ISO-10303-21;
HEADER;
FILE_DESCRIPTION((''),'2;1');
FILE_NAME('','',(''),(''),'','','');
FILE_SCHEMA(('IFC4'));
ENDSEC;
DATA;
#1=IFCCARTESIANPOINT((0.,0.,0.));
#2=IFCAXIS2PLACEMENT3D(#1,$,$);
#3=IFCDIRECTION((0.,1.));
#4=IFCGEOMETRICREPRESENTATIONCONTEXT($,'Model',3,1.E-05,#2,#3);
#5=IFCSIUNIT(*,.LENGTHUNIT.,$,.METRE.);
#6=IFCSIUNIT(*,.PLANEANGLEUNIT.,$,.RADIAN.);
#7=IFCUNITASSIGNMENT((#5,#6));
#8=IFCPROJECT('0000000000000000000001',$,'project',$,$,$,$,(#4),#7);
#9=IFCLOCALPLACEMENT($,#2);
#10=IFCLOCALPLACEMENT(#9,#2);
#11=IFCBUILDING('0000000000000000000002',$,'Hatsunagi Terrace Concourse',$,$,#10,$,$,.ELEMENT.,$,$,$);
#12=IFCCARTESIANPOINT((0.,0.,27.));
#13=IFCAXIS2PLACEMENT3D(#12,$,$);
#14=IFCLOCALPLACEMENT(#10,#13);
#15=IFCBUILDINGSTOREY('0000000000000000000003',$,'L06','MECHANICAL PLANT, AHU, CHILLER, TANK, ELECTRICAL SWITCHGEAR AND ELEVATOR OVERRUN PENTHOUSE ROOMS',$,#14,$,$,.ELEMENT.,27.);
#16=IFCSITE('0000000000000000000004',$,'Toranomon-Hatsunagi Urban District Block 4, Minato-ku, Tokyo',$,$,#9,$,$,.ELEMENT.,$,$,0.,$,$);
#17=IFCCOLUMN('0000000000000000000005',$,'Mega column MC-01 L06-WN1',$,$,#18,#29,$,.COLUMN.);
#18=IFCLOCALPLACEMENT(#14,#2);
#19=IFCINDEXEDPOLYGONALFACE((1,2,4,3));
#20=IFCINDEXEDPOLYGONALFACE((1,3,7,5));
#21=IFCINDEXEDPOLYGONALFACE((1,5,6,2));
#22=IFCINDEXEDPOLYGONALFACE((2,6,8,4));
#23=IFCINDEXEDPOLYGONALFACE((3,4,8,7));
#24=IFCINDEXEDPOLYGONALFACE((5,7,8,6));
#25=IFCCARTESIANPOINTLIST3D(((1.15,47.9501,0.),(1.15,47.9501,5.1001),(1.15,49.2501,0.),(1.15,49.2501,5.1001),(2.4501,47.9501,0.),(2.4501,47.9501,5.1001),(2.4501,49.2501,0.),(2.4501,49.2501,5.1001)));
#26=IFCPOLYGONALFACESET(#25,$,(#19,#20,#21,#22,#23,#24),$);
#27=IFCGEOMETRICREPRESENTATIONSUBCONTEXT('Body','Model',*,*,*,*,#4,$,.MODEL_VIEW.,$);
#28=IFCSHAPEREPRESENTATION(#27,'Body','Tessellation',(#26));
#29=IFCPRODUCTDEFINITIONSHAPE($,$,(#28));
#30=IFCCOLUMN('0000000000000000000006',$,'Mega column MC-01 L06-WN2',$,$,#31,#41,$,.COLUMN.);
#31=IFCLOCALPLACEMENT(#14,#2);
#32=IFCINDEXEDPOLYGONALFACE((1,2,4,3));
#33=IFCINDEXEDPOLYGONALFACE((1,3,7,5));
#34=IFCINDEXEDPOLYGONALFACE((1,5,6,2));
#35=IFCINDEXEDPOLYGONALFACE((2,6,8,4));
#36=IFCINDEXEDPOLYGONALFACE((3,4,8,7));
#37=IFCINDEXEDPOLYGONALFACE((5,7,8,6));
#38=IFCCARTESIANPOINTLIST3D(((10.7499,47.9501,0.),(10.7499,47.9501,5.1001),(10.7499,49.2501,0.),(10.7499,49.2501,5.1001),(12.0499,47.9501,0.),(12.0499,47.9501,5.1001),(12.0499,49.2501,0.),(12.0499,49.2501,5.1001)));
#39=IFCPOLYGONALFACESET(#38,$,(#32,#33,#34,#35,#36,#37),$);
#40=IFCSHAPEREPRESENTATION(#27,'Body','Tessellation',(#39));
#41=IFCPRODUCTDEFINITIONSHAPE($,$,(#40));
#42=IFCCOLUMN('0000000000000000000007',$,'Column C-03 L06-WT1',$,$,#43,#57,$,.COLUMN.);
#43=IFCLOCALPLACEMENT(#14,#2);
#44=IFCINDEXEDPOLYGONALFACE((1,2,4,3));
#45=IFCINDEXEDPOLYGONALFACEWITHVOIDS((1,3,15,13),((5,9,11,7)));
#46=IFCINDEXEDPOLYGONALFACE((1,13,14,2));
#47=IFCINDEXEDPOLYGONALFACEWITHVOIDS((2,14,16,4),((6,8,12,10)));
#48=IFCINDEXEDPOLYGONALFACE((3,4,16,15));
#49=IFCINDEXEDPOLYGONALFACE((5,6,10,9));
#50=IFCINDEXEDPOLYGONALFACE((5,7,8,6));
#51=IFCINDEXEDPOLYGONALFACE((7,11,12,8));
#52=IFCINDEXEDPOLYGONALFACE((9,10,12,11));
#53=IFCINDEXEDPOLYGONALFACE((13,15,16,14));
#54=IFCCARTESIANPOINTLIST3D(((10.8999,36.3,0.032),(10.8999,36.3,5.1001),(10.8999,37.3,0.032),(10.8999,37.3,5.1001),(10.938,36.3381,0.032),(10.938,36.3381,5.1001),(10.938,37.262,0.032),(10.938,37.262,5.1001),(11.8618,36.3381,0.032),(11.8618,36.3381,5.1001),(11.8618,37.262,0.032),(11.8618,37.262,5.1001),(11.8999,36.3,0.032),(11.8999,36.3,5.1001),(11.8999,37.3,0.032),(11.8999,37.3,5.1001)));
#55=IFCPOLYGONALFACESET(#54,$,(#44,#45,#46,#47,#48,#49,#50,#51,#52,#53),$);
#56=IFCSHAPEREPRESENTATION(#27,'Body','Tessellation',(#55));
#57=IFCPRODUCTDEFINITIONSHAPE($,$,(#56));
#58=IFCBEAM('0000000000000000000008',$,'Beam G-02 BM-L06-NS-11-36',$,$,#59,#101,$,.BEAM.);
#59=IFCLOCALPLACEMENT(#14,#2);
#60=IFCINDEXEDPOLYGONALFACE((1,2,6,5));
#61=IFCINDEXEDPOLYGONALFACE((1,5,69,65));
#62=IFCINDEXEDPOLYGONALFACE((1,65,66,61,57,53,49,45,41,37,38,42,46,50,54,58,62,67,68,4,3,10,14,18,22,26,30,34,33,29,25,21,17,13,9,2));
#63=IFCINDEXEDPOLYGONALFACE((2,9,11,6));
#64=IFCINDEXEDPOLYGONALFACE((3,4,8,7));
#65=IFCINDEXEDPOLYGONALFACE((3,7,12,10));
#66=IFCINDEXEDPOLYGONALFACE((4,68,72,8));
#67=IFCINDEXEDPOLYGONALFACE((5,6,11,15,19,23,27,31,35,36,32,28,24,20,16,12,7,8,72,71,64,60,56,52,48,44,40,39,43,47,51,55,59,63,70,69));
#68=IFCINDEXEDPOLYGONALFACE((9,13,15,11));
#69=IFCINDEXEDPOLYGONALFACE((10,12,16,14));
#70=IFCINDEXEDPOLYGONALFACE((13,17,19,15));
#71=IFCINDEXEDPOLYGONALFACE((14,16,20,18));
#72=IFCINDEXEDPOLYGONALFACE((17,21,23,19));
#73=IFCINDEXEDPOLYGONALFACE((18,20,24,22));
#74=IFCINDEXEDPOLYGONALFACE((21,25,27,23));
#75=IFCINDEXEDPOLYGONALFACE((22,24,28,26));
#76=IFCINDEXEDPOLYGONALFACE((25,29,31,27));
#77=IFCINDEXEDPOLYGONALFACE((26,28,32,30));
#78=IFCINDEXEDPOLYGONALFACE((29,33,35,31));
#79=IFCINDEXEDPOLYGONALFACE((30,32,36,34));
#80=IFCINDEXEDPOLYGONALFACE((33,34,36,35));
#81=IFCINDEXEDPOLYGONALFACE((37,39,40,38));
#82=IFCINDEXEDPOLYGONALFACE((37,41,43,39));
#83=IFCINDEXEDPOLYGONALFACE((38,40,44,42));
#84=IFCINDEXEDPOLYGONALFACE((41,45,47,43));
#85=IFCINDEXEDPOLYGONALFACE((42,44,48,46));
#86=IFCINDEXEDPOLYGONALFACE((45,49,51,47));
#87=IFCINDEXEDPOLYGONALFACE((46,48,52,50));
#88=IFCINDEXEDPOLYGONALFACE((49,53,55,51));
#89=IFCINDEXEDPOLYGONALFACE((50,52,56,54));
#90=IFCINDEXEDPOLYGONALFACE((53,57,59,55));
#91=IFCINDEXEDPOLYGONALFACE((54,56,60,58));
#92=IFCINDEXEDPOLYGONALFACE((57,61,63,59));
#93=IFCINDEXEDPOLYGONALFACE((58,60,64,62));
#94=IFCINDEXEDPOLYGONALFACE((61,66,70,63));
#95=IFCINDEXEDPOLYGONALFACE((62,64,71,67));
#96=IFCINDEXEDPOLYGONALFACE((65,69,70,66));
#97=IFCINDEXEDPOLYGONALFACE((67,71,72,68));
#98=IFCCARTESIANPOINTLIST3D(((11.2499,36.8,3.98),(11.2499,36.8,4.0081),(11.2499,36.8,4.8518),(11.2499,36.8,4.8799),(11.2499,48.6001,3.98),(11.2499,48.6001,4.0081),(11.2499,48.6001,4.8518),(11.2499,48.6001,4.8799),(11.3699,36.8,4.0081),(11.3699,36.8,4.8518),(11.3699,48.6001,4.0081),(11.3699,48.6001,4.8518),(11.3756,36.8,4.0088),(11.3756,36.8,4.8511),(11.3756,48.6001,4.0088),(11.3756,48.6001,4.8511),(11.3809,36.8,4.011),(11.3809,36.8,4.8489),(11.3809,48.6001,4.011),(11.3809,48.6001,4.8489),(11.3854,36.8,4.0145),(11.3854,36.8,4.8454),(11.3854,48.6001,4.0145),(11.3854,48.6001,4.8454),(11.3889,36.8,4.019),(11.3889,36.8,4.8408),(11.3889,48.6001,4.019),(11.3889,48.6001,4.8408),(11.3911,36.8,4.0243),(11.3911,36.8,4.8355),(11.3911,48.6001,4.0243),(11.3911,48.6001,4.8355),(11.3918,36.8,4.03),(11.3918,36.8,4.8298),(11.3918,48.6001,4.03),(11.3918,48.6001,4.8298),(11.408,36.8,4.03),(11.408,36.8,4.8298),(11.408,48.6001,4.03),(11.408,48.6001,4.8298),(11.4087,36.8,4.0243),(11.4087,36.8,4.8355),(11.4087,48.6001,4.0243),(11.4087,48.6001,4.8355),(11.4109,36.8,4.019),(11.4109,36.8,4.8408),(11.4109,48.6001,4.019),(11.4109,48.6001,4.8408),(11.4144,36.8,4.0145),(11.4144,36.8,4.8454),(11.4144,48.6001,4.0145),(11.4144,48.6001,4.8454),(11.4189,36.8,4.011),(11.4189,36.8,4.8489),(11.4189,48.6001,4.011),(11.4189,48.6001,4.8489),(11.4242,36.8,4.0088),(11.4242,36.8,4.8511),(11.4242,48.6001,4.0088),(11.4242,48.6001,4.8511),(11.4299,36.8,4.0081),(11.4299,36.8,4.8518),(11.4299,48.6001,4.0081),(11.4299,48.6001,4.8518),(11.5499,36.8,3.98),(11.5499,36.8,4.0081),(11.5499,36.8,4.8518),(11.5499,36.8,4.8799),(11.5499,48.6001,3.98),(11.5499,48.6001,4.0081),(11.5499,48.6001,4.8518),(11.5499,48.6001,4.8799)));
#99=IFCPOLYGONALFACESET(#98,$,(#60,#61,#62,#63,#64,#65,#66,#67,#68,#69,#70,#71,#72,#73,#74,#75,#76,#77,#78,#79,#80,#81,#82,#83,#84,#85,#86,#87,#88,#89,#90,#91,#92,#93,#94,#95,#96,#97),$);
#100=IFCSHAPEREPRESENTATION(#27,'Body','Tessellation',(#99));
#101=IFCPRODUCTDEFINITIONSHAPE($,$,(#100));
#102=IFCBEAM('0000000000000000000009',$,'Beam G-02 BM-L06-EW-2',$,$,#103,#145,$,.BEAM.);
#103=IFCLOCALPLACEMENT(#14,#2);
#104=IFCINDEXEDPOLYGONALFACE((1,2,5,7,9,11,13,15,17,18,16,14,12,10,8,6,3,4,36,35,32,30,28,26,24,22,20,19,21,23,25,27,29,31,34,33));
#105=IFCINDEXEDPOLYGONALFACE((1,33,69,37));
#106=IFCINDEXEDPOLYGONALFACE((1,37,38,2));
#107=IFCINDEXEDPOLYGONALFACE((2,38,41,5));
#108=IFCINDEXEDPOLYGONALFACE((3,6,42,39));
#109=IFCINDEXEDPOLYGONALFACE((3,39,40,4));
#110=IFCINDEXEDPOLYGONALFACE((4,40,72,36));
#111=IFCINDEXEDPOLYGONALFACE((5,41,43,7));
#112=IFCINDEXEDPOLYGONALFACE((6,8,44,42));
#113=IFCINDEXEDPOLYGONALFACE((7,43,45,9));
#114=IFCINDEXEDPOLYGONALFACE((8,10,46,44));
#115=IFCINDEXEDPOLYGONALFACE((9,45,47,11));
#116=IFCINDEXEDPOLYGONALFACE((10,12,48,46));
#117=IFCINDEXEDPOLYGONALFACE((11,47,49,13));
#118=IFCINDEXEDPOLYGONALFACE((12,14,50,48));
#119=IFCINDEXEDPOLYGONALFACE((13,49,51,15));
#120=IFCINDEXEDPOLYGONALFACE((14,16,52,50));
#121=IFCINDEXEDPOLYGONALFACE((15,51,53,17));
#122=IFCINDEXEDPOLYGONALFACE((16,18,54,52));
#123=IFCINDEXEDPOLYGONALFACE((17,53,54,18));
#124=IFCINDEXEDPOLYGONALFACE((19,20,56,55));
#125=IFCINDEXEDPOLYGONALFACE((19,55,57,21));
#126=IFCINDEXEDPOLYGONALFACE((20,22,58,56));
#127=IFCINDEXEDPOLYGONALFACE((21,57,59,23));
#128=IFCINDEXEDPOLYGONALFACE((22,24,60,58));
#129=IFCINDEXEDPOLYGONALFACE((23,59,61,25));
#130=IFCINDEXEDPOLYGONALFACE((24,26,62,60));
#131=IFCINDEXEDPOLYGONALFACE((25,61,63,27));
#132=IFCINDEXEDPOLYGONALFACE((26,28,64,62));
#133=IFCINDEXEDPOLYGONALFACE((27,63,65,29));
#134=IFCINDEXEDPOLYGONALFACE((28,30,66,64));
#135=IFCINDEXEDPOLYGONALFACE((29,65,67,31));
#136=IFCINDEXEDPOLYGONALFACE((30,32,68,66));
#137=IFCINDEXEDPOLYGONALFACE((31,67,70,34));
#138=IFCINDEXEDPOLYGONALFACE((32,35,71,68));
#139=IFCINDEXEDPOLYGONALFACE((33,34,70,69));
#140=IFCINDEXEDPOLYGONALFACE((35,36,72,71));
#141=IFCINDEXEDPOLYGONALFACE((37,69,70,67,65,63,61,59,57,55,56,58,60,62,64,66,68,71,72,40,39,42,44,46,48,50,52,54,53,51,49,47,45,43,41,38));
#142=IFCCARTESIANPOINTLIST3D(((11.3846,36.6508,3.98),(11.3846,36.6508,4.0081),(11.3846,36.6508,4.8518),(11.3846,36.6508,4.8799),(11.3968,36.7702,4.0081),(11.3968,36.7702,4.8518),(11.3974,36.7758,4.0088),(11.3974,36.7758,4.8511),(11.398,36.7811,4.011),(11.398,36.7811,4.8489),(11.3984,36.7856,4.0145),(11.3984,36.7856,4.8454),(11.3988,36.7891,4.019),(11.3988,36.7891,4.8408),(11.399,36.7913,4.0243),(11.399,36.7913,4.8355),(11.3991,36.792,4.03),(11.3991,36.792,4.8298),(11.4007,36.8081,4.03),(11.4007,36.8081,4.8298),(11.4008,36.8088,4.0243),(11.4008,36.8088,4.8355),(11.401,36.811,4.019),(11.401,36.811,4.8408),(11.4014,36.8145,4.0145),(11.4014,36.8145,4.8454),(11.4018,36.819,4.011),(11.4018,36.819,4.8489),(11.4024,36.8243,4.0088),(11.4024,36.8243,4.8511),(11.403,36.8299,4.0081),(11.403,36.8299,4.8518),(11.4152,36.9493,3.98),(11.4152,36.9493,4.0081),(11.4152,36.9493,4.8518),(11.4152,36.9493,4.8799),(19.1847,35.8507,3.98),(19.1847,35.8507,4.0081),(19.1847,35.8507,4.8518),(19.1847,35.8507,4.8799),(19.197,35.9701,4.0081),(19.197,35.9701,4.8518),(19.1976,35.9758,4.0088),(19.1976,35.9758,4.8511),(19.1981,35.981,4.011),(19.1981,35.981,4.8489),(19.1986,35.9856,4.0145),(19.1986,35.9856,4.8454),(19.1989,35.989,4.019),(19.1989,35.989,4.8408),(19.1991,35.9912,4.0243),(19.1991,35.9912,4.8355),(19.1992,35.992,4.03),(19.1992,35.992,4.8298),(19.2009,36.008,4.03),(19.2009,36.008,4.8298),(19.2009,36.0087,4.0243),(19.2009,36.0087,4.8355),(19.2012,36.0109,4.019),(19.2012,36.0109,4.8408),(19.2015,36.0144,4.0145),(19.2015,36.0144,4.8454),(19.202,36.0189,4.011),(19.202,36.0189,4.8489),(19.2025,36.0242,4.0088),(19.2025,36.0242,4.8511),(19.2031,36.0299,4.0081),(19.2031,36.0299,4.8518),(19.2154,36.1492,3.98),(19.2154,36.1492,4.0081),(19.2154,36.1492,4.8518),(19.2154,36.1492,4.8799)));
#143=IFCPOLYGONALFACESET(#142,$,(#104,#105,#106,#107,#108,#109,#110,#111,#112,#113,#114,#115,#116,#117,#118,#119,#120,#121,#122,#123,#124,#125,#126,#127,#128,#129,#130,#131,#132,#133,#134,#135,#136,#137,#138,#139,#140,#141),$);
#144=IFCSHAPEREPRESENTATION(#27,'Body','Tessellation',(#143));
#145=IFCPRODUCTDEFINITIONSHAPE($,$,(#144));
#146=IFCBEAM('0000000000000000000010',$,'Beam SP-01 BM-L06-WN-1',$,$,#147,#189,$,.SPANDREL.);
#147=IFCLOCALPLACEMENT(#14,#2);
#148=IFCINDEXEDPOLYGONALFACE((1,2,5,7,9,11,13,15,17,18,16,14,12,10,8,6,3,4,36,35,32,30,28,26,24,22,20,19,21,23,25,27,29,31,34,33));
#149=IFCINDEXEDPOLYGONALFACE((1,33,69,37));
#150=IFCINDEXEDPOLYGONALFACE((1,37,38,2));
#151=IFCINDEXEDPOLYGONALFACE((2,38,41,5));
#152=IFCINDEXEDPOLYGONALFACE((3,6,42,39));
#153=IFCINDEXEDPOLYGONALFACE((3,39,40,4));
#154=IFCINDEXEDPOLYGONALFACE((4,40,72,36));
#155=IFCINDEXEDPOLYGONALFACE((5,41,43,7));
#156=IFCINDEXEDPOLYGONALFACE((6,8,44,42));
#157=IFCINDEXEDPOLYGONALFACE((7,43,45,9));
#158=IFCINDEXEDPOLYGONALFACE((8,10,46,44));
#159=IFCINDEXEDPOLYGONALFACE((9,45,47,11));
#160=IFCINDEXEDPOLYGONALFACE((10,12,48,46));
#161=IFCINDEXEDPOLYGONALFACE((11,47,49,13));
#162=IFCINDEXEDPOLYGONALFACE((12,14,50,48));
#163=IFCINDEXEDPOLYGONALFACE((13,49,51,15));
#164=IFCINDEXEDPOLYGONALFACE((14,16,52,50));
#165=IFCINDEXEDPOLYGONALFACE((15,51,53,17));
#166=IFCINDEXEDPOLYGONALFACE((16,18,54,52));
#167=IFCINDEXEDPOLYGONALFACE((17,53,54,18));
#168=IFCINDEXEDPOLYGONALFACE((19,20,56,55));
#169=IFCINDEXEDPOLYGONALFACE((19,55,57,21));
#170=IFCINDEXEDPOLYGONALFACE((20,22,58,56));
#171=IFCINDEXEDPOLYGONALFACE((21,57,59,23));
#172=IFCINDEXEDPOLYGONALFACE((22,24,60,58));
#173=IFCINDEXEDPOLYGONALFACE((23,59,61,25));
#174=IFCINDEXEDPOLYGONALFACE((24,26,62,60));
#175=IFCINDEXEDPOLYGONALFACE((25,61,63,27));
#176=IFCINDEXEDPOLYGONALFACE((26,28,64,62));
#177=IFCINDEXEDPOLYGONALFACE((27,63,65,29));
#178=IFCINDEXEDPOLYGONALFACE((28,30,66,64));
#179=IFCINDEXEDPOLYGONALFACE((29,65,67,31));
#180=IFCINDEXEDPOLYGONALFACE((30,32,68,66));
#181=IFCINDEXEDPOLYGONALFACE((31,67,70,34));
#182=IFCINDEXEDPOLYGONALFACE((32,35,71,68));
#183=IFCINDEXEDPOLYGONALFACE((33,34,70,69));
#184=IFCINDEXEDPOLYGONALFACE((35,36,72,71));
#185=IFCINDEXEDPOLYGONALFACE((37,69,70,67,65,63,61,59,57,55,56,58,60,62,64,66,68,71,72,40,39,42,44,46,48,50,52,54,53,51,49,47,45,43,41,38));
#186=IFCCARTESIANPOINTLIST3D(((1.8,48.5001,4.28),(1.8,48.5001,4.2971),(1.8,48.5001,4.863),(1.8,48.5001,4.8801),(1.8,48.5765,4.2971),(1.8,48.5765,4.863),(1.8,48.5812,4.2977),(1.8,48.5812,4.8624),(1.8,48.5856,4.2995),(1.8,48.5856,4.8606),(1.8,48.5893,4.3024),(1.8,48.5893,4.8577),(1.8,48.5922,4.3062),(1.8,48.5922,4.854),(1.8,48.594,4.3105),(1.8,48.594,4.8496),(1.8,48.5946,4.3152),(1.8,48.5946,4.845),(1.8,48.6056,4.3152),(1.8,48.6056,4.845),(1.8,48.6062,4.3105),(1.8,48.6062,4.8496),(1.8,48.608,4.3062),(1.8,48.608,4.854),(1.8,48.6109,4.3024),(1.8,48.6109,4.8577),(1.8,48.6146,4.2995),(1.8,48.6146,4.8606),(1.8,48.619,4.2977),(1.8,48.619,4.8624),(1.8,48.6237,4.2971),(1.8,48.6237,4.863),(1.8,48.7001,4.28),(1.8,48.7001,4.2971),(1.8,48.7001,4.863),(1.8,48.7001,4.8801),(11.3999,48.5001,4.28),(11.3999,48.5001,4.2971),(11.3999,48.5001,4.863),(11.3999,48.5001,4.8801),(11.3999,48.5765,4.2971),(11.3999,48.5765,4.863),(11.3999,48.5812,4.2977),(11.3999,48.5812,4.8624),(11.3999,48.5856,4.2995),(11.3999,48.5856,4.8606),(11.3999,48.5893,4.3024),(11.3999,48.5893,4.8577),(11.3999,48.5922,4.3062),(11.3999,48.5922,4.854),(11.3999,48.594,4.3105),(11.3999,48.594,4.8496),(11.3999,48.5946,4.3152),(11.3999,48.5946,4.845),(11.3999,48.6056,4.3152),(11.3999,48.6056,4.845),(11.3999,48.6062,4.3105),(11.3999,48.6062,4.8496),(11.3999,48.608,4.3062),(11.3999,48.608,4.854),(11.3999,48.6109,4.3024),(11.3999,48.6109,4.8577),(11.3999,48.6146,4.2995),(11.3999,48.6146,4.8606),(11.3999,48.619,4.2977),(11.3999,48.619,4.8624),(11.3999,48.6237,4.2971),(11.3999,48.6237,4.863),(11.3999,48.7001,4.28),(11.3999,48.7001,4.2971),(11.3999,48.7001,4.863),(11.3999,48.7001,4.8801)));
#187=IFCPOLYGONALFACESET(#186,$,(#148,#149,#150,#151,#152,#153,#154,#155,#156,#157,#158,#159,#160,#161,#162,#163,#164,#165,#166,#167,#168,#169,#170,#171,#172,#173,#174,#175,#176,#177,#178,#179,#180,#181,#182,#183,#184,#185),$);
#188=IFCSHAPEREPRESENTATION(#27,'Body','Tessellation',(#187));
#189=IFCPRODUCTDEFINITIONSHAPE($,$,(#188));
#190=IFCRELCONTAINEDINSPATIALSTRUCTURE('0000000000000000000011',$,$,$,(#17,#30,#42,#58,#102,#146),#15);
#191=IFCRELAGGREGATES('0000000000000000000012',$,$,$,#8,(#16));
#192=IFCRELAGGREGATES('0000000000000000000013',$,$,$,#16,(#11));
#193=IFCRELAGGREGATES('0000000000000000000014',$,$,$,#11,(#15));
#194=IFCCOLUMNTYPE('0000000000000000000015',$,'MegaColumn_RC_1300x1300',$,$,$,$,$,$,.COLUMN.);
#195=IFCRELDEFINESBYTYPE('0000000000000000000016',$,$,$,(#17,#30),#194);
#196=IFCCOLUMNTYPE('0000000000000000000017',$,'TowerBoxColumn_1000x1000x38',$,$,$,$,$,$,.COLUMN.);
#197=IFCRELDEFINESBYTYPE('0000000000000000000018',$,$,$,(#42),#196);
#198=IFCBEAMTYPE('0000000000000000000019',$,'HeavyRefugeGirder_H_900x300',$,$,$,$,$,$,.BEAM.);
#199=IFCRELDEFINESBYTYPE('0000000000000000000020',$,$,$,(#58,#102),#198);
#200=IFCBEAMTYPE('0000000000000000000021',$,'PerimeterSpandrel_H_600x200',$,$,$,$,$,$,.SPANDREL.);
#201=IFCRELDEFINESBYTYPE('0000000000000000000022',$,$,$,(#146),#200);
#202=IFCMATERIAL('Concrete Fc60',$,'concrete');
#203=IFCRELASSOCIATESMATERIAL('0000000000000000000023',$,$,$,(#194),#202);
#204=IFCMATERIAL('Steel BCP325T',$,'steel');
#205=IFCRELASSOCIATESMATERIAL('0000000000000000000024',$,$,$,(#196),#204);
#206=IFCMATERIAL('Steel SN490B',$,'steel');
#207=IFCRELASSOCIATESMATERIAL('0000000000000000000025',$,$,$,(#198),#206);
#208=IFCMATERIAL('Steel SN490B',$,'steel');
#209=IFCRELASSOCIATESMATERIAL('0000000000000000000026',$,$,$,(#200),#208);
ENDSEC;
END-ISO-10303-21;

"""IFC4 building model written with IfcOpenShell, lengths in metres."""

from ifc_helpers import new_model, si_unit, direction, frame, origin, origin_2d, place, context, subcontext, project, spatial, rectangle, hollow_rectangle, i_section, extrude, material, material_profile, profile_set, type_object, element, save


model = new_model("IFC4")

# Units and contexts
model_context = context("Model", 3, precision=1e-05, world=origin(), true_north=direction((0.0, 1.0)))
body_context = subcontext(model_context, "Body", "Model", "MODEL_VIEW")
ifc_project = project(units=[si_unit("LENGTHUNIT", "METRE"), si_unit("PLANEANGLEUNIT", "RADIAN")], contexts=[model_context])

# Site, building, storey
site_placement = place(None, origin())
site = spatial("IfcSite", under=ifc_project, at=site_placement, Name="Toranomon-Hatsunagi Urban District Block 4, Minato-ku, Tokyo", CompositionType="ELEMENT", RefElevation=0.0)
building_placement = place(site_placement, origin())
building = spatial("IfcBuilding", under=site, at=building_placement, Name="Hatsunagi Terrace Concourse", CompositionType="ELEMENT")
storey_placement = place(building_placement, frame((0.0, 0.0, 27.0)))
storey = spatial("IfcBuildingStorey", under=building, at=storey_placement, Name="L06", Description="MECHANICAL PLANT, AHU, CHILLER, TANK, ELECTRICAL SWITCHGEAR AND ELEVATOR OVERRUN PENTHOUSE ROOMS", CompositionType="ELEMENT", Elevation=27.0)

# Columns
ifc_material_1 = material(Name="Concrete Fc60", Category="concrete")
ifc_material_profile_1 = material_profile(ifc_material_1, rectangle(XDim=1.3, YDim=1.3, at=origin_2d()), Name="RC-1300x1300")
ifc_profile_set_1 = profile_set([ifc_material_profile_1], Name="Concrete Fc60")
column_type_1 = type_object("IfcColumnType", Name="MegaColumn_RC_1300x1300", PredefinedType="COLUMN", material=ifc_profile_set_1)
for number, where, z_axis, x_axis, name in (
    (1, (1.8, 48.6001, 0.0), (0.0, 0.0, 1.0), (1.0, 0.0, 0.0), "Mega column MC-01 L06-WN1"),
    (2, (11.3999, 48.6001, 0.0), (0.0, 0.0, 1.0), (1.0, 0.0, 0.0), "Mega column MC-01 L06-WN2"),
):
    element("IfcColumn", number, at=place(storey_placement, frame(where, z_axis=z_axis, x_axis=x_axis)), inside=storey, type_object=column_type_1, Name=name, PredefinedType="COLUMN", context=body_context, shape_type="SweptSolid", body=[
        extrude(rectangle(XDim=1.3, YDim=1.3, at=origin_2d()), origin(), (0.0, 0.0, 1.0), 5.1001),
    ])
ifc_material_2 = material(Name="Steel BCP325T", Category="steel")
ifc_material_profile_2 = material_profile(ifc_material_2, hollow_rectangle(XDim=1.0, YDim=1.0, WallThickness=0.0381, at=origin_2d()), Name="BCP-1000x1000x38")
ifc_profile_set_2 = profile_set([ifc_material_profile_2], Name="Steel BCP325T")
column_type_2 = type_object("IfcColumnType", Name="TowerBoxColumn_1000x1000x38", PredefinedType="COLUMN", material=ifc_profile_set_2)
column_placement = place(storey_placement, frame((11.3999, 36.8, 0.032), z_axis=(0.0, 0.0, 1.0), x_axis=(1.0, 0.0, 0.0)))
element("IfcColumn", 3, at=column_placement, inside=storey, type_object=column_type_2, Name="Column C-03 L06-WT1", PredefinedType="COLUMN", context=body_context, shape_type="SweptSolid", body=[
    extrude(hollow_rectangle(XDim=1.0, YDim=1.0, WallThickness=0.0381, at=origin_2d()), origin(), (0.0, 0.0, 1.0), 5.0681),
])

# Beams
ifc_material_3 = material(Name="Steel SN490B", Category="steel")
ifc_material_profile_3 = material_profile(ifc_material_3, i_section(OverallWidth=0.3, OverallDepth=0.8999, WebThickness=0.0161, FlangeThickness=0.0281, FilletRadius=0.022, at=origin_2d()), Name="H-900x300x16x28")
ifc_profile_set_3 = profile_set([ifc_material_profile_3], Name="Steel SN490B")
beam_type_1 = type_object("IfcBeamType", Name="HeavyRefugeGirder_H_900x300", PredefinedType="BEAM", material=ifc_profile_set_3)
beam_1_placement = place(storey_placement, frame((11.3999, 36.8, 4.4299), z_axis=(0.0, 1.0, 0.0), x_axis=(-1.0, 0.0, 0.0)))
element("IfcBeam", 4, at=beam_1_placement, inside=storey, type_object=beam_type_1, Name="Beam G-02 BM-L06-NS-11-36", PredefinedType="BEAM", context=body_context, shape_type="SweptSolid", body=[
    extrude(i_section(OverallWidth=0.3, OverallDepth=0.8999, WebThickness=0.0161, FlangeThickness=0.0281, FilletRadius=0.022, at=origin_2d()), origin(), (0.0, 0.0, 1.0), 11.8),
])
beam_2_placement = place(storey_placement, frame((11.3999, 36.8, 4.4299), z_axis=(0.994781, -0.102034, 0.0), x_axis=(0.102034, 0.994781, 0.0)))
element("IfcBeam", 5, at=beam_2_placement, inside=storey, type_object=beam_type_1, Name="Beam G-02 BM-L06-EW-2", PredefinedType="BEAM", context=body_context, shape_type="SweptSolid", body=[
    extrude(i_section(OverallWidth=0.3, OverallDepth=0.8999, WebThickness=0.0161, FlangeThickness=0.0281, FilletRadius=0.022, at=origin_2d()), origin(), (0.0, 0.0, 1.0), 7.8411),
])
ifc_material_4 = material(Name="Steel SN490B", Category="steel")
ifc_material_profile_4 = material_profile(ifc_material_4, i_section(OverallWidth=0.2, OverallDepth=0.6001, WebThickness=0.011, FlangeThickness=0.0171, FilletRadius=0.0181, at=origin_2d()), Name="H-600x200x11x17")
ifc_profile_set_4 = profile_set([ifc_material_profile_4], Name="Steel SN490B")
beam_type_2 = type_object("IfcBeamType", Name="PerimeterSpandrel_H_600x200", PredefinedType="SPANDREL", material=ifc_profile_set_4)
beam_3_placement = place(storey_placement, frame((1.8, 48.6001, 4.5801), z_axis=(1.0, 0.0, 0.0), x_axis=(0.0, 1.0, 0.0)))
element("IfcBeam", 6, at=beam_3_placement, inside=storey, type_object=beam_type_2, Name="Beam SP-01 BM-L06-WN-1", PredefinedType="SPANDREL", context=body_context, shape_type="SweptSolid", body=[
    extrude(i_section(OverallWidth=0.2, OverallDepth=0.6001, WebThickness=0.011, FlangeThickness=0.0171, FilletRadius=0.0181, at=origin_2d()), origin(), (0.0, 0.0, 1.0), 9.5999),
])

save(model, "model.ifc")
